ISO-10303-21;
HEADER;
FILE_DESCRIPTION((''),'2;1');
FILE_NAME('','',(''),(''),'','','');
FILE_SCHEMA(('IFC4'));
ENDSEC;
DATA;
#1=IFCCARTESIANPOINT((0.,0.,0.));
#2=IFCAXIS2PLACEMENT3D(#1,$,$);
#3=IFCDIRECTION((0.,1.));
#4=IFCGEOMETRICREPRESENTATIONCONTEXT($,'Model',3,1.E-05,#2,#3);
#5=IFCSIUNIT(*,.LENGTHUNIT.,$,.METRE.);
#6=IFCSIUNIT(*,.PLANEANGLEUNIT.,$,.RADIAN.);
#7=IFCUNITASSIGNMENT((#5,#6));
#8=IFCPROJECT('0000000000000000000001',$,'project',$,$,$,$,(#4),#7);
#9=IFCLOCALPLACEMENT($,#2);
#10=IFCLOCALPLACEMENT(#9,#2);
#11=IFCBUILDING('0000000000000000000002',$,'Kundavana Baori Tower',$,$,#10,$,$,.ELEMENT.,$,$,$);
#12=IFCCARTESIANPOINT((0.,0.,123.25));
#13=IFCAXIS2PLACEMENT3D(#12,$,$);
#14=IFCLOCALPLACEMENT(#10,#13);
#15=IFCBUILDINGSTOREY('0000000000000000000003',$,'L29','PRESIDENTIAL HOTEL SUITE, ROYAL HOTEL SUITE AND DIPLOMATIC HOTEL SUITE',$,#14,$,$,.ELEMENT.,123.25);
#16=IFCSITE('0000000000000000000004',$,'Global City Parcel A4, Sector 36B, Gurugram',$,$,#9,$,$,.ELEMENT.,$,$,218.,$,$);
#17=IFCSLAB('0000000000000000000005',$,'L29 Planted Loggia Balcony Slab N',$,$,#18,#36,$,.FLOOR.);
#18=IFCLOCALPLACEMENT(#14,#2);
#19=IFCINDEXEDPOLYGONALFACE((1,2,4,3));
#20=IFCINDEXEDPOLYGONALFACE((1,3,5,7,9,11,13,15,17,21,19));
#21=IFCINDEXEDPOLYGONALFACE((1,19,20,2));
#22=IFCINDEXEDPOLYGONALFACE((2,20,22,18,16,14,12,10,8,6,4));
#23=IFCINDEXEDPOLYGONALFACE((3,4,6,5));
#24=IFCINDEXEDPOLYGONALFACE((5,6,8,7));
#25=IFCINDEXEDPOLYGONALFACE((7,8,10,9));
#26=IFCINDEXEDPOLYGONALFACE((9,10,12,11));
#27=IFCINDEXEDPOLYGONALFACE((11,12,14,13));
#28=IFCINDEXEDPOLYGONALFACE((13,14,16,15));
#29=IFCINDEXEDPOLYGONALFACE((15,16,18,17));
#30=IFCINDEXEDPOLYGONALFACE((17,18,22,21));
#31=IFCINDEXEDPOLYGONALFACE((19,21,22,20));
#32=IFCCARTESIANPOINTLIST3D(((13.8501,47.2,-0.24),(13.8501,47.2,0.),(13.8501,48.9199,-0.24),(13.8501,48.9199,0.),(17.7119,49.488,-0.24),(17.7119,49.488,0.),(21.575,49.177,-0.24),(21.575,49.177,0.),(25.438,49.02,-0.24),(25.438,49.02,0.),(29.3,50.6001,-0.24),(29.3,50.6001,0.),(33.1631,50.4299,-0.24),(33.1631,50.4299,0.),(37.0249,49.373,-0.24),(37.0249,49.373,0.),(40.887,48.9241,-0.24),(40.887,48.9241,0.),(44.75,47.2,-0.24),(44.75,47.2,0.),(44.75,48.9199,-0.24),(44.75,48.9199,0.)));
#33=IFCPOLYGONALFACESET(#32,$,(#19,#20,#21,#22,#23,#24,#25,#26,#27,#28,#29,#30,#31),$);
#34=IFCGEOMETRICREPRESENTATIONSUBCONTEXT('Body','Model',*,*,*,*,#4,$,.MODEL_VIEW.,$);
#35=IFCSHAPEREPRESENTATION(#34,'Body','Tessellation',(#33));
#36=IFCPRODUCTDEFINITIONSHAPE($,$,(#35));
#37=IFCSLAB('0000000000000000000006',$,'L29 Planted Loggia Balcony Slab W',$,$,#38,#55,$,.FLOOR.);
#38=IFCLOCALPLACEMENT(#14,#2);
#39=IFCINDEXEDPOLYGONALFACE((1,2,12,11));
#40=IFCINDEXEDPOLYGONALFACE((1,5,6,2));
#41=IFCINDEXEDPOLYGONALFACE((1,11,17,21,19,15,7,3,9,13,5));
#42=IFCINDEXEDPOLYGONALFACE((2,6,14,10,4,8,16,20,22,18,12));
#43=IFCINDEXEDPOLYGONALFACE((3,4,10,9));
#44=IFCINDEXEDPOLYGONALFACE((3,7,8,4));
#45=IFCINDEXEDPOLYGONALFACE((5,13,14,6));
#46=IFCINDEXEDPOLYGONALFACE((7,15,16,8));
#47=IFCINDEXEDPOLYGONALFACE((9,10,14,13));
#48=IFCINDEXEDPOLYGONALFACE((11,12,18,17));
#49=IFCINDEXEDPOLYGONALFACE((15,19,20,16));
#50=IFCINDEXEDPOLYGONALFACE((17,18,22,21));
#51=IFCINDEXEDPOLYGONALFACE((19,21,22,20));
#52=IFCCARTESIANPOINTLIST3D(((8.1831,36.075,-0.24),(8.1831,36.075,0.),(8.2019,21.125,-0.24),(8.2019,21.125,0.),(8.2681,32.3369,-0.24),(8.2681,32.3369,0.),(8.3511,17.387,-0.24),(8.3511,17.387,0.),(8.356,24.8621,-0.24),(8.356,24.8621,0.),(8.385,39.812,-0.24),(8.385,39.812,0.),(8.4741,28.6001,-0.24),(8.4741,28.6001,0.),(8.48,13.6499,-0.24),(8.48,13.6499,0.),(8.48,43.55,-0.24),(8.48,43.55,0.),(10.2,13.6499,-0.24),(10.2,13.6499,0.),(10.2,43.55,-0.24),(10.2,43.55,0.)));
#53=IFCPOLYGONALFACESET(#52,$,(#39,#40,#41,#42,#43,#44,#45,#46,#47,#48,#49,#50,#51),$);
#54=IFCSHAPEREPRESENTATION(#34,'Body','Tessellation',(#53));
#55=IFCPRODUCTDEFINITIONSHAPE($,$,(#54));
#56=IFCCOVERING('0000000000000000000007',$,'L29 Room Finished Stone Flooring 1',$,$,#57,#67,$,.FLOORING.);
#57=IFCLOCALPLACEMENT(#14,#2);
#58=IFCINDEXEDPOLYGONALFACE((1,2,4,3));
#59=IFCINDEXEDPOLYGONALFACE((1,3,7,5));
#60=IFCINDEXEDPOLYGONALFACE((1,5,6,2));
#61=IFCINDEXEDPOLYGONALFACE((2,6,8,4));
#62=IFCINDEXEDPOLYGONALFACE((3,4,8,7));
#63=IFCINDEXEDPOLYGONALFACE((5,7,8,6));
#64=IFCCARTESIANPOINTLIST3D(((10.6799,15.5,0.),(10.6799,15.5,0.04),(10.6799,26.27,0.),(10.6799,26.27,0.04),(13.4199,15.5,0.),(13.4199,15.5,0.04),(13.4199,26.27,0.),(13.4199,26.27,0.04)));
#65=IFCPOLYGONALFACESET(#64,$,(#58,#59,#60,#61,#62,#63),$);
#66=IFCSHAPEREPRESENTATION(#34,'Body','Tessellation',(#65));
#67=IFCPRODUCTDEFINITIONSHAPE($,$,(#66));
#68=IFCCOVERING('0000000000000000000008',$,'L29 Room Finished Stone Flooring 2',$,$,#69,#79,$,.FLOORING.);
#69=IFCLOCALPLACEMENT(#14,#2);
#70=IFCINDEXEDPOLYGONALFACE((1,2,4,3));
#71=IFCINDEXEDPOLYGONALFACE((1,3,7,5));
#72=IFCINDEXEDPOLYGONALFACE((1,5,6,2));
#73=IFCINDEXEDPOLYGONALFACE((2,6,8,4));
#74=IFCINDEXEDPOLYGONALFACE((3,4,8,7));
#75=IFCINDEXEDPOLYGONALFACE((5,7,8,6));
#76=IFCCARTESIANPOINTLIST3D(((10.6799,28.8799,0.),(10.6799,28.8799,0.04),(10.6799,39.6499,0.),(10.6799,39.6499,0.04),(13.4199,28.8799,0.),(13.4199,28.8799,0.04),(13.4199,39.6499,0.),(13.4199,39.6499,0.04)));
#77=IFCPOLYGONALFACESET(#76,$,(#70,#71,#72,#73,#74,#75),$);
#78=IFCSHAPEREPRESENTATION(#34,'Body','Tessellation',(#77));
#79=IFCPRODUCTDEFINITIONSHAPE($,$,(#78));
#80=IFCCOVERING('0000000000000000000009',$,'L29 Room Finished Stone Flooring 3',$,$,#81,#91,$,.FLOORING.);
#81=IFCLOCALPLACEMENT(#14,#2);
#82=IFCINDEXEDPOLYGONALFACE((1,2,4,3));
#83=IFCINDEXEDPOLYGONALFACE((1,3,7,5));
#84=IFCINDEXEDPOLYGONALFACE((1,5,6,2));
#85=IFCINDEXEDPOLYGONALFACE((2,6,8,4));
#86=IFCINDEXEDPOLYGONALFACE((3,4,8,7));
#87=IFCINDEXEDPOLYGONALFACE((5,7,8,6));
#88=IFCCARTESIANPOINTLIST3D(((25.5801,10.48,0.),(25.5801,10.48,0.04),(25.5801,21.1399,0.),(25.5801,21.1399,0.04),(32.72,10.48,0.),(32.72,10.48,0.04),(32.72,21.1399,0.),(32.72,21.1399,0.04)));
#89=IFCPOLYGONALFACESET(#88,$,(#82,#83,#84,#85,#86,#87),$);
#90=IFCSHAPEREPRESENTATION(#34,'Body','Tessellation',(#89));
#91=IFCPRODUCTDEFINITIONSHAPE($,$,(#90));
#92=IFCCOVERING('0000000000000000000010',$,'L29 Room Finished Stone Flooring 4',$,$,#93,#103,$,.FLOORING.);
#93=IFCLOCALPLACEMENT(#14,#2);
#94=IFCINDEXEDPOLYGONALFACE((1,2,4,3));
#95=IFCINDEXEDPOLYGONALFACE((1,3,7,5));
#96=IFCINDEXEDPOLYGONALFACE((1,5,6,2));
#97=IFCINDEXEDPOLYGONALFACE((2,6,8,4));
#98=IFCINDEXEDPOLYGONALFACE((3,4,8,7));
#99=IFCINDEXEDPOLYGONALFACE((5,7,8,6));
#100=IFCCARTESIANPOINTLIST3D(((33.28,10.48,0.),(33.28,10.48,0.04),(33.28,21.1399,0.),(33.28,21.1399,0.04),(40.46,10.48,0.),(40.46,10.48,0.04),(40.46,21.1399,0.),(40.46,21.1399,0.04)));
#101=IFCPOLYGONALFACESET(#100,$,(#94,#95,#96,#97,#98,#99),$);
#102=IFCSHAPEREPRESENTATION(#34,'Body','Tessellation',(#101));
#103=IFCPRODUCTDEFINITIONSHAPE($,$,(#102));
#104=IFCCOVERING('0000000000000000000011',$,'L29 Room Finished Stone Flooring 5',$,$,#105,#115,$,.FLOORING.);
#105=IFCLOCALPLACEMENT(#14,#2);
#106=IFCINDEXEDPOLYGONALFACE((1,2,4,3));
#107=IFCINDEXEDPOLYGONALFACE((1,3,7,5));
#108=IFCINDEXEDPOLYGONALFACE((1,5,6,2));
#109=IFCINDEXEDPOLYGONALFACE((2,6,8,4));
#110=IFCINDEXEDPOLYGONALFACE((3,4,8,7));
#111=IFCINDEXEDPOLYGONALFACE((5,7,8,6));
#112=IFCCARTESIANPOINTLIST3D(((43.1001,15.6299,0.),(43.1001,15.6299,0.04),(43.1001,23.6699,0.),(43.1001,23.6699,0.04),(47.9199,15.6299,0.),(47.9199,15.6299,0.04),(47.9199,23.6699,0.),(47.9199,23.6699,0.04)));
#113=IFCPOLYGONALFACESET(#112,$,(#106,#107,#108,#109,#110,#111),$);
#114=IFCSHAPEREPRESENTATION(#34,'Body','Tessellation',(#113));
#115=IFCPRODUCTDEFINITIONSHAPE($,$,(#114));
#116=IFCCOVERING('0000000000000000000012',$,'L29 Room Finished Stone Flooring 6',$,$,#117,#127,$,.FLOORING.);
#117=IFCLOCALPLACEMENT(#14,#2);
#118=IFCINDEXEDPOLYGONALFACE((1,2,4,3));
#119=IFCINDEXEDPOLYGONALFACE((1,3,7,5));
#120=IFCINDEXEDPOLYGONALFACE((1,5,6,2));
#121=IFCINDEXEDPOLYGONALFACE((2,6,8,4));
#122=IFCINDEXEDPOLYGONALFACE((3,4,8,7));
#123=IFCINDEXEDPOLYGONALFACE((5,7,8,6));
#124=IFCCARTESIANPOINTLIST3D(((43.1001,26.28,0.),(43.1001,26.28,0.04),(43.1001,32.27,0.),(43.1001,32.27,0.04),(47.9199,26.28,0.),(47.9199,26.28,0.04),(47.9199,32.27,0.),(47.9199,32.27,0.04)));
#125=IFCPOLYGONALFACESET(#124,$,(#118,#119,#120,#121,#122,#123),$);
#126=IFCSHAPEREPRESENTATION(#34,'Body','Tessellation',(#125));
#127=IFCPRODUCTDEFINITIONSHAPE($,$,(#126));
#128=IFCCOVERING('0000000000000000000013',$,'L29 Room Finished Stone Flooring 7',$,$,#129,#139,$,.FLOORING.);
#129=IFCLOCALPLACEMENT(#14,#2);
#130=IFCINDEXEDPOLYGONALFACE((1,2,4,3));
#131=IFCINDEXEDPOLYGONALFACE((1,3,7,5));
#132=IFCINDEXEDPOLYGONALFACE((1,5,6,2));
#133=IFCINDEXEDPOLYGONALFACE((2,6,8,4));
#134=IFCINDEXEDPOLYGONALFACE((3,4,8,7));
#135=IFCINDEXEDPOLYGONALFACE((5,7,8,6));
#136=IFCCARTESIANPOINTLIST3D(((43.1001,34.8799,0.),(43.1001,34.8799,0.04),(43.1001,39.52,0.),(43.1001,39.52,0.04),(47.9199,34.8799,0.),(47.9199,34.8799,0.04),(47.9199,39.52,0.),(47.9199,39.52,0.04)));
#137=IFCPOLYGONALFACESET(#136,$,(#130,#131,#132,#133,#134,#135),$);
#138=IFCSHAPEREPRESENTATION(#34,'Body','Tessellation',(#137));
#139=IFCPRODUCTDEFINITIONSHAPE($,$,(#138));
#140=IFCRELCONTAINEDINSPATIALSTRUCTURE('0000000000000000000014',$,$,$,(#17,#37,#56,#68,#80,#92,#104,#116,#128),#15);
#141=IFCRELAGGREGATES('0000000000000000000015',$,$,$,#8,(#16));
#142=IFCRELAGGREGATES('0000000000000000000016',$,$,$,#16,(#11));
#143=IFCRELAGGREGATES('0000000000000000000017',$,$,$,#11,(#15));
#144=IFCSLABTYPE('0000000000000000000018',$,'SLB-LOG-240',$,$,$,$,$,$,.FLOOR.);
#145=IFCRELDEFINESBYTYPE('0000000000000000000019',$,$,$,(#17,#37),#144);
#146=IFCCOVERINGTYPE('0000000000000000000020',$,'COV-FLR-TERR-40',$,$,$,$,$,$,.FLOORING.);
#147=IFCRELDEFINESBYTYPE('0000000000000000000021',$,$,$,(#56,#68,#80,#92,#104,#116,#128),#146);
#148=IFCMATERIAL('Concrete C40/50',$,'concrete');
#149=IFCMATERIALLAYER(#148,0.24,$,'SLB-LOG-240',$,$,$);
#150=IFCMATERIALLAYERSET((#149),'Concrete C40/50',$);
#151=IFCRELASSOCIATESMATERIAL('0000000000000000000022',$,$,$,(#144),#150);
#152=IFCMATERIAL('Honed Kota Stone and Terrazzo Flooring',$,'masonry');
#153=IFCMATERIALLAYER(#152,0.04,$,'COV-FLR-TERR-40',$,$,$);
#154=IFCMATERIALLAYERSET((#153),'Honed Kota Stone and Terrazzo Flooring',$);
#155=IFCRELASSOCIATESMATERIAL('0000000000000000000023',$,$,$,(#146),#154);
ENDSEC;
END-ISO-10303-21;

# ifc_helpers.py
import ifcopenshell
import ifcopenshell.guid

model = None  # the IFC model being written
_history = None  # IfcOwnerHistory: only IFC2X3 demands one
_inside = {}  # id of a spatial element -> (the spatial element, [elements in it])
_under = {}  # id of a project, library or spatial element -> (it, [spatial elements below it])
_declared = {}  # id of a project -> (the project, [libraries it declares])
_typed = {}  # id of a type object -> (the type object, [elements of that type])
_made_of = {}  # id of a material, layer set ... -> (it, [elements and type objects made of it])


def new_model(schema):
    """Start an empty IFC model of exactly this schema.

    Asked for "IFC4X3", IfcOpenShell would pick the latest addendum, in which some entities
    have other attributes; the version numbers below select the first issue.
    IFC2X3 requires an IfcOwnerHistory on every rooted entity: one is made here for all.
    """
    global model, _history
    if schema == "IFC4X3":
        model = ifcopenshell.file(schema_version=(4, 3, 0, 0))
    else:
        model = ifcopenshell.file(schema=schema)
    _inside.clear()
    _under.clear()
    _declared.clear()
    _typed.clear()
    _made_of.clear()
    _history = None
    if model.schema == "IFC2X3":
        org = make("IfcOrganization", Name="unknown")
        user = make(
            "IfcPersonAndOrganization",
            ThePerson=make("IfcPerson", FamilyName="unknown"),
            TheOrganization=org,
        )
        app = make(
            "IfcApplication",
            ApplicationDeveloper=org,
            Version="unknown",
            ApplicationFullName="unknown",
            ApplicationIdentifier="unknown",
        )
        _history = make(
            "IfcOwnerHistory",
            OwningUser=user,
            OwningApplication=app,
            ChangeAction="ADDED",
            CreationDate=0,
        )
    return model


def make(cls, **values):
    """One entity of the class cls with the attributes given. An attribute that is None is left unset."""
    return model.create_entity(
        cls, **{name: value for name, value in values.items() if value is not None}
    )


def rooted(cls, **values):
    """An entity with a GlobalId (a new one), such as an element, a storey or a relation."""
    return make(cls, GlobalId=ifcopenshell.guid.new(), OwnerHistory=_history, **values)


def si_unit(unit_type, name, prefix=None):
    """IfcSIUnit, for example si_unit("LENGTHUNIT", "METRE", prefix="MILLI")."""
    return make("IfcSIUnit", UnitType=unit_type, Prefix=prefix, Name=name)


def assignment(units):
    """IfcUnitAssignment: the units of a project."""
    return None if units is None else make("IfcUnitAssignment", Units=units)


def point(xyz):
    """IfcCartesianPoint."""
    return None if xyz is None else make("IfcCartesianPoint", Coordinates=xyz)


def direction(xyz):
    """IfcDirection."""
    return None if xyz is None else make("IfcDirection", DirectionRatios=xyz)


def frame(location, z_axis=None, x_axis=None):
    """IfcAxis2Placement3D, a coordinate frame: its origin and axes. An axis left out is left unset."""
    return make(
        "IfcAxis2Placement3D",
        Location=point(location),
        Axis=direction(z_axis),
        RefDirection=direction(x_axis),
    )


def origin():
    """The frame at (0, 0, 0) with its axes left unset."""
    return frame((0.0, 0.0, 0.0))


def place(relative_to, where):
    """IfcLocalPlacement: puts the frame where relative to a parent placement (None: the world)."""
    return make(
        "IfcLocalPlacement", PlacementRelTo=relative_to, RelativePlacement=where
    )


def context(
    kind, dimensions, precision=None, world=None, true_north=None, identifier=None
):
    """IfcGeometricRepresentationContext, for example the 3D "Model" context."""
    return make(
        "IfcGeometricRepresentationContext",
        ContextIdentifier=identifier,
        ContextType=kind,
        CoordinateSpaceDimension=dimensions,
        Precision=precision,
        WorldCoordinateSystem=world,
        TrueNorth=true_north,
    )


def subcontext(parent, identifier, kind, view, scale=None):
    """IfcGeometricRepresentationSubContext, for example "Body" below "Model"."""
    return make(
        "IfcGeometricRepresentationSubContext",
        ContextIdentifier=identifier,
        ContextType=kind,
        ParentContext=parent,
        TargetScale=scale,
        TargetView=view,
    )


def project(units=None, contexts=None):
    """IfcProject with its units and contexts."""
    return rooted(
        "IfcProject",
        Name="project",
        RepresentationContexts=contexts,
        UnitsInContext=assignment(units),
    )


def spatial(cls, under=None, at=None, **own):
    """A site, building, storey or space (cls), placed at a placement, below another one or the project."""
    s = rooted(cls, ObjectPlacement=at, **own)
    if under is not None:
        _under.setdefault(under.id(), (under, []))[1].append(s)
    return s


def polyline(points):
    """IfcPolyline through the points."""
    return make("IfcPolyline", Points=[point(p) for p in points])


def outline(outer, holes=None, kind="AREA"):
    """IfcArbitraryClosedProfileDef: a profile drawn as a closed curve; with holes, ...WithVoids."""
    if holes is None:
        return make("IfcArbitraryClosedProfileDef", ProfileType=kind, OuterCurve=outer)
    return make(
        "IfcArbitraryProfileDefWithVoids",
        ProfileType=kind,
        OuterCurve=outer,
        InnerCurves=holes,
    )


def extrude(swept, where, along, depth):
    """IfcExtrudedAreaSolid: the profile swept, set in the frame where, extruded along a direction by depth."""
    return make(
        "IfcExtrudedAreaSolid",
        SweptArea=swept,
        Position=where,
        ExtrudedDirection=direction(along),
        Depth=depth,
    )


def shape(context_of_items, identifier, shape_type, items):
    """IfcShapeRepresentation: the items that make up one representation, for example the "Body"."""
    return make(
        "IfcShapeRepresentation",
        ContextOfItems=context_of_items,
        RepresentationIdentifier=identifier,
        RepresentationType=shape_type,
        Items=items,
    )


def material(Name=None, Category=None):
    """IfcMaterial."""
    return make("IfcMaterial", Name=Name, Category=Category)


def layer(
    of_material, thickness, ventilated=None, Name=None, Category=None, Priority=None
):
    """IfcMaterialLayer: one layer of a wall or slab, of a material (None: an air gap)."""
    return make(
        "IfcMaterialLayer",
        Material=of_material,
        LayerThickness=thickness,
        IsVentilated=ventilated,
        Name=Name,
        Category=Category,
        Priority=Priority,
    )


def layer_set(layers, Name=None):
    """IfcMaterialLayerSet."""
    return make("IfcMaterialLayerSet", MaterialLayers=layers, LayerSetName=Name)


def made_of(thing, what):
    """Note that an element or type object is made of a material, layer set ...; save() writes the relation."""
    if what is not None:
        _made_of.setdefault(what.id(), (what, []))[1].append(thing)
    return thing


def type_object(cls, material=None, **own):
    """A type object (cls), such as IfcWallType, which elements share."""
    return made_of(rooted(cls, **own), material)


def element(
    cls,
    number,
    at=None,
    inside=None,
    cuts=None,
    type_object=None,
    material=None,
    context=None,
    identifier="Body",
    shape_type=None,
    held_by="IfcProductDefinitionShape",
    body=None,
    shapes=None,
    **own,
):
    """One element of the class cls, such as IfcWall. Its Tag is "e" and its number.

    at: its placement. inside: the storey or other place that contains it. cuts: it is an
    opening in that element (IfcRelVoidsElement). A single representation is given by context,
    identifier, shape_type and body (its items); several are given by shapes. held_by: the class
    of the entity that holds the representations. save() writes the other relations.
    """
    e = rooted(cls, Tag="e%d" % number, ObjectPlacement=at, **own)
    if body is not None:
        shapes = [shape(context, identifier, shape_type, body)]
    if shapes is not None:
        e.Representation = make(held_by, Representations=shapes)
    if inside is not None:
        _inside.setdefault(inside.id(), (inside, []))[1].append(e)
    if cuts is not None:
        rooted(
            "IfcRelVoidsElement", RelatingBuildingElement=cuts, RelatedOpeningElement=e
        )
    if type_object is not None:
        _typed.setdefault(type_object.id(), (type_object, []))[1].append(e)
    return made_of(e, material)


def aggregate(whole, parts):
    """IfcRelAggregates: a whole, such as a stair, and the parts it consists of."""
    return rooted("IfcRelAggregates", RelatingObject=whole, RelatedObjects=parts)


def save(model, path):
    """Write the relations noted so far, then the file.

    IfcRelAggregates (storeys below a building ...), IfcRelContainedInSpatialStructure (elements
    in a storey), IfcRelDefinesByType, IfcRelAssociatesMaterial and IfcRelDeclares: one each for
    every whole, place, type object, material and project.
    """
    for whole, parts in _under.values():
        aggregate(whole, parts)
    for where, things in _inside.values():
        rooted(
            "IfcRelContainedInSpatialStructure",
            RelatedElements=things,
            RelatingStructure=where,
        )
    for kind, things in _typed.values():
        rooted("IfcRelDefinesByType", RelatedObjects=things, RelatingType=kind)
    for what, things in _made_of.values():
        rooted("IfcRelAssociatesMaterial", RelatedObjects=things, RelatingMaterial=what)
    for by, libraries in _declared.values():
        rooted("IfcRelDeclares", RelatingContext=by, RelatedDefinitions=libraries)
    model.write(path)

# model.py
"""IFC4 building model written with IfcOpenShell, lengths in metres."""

from ifc_helpers import new_model, si_unit, direction, frame, origin, place, context, subcontext, project, spatial, polyline, outline, extrude, material, layer, layer_set, type_object, element, save


model = new_model("IFC4")

# Units and contexts
model_context = context("Model", 3, precision=1e-05, world=origin(), true_north=direction((0.0, 1.0)))
body_context = subcontext(model_context, "Body", "Model", "MODEL_VIEW")
ifc_project = project(units=[si_unit("LENGTHUNIT", "METRE"), si_unit("PLANEANGLEUNIT", "RADIAN")], contexts=[model_context])

# Site, building, storey
site_placement = place(None, origin())
site = spatial("IfcSite", under=ifc_project, at=site_placement, Name="Global City Parcel A4, Sector 36B, Gurugram", CompositionType="ELEMENT", RefElevation=218.0)
building_placement = place(site_placement, origin())
building = spatial("IfcBuilding", under=site, at=building_placement, Name="Kundavana Baori Tower", CompositionType="ELEMENT")
storey_placement = place(building_placement, frame((0.0, 0.0, 123.25)))
storey = spatial("IfcBuildingStorey", under=building, at=storey_placement, Name="L29", Description="PRESIDENTIAL HOTEL SUITE, ROYAL HOTEL SUITE AND DIPLOMATIC HOTEL SUITE", CompositionType="ELEMENT", Elevation=123.25)

# Slabs
ifc_material_1 = material(Name="Concrete C40/50", Category="concrete")
ifc_layer_1 = layer(ifc_material_1, 0.24, Name="SLB-LOG-240")
ifc_layer_set_1 = layer_set([ifc_layer_1], Name="Concrete C40/50")
slab_type_1 = type_object("IfcSlabType", Name="SLB-LOG-240", PredefinedType="FLOOR", material=ifc_layer_set_1)
slab_1_placement = place(storey_placement, frame((0.0, 0.0, -0.24)))
element("IfcSlab", 1, at=slab_1_placement, inside=storey, type_object=slab_type_1, Name="L29 Planted Loggia Balcony Slab N", PredefinedType="FLOOR", context=body_context, shape_type="SweptSolid", body=[
    extrude(outline(polyline([(44.75, 47.2), (13.8501, 47.2), (13.8501, 48.9199), (17.7119, 49.488), (21.575, 49.177), (25.438, 49.02), (29.3, 50.6001), (33.1631, 50.4299), (37.0249, 49.373), (40.887, 48.9241), (44.75, 48.9199), (44.75, 47.2)])), origin(), (0.0, 0.0, 1.0), 0.24),
])
slab_2_placement = place(storey_placement, frame((0.0, 0.0, -0.24)))
element("IfcSlab", 2, at=slab_2_placement, inside=storey, type_object=slab_type_1, Name="L29 Planted Loggia Balcony Slab W", PredefinedType="FLOOR", context=body_context, shape_type="SweptSolid", body=[
    extrude(outline(polyline([(10.2, 43.55), (10.2, 13.6499), (8.48, 13.6499), (8.3511, 17.387), (8.2019, 21.125), (8.356, 24.8621), (8.4741, 28.6001), (8.2681, 32.3369), (8.1831, 36.075), (8.385, 39.812), (8.48, 43.55), (10.2, 43.55)])), origin(), (0.0, 0.0, 1.0), 0.24),
])

# Coverings
ifc_material_2 = material(Name="Honed Kota Stone and Terrazzo Flooring", Category="masonry")
ifc_layer_2 = layer(ifc_material_2, 0.04, Name="COV-FLR-TERR-40")
ifc_layer_set_2 = layer_set([ifc_layer_2], Name="Honed Kota Stone and Terrazzo Flooring")
covering_type = type_object("IfcCoveringType", Name="COV-FLR-TERR-40", PredefinedType="FLOORING", material=ifc_layer_set_2)
covering_1_placement = place(storey_placement, origin())
element("IfcCovering", 3, at=covering_1_placement, inside=storey, type_object=covering_type, Name="L29 Room Finished Stone Flooring 1", PredefinedType="FLOORING", context=body_context, shape_type="SweptSolid", body=[
    extrude(outline(polyline([(10.6799, 15.5), (13.4199, 15.5), (13.4199, 26.27), (10.6799, 26.27), (10.6799, 15.5)])), origin(), (0.0, 0.0, 1.0), 0.04),
])
covering_2_placement = place(storey_placement, origin())
element("IfcCovering", 4, at=covering_2_placement, inside=storey, type_object=covering_type, Name="L29 Room Finished Stone Flooring 2", PredefinedType="FLOORING", context=body_context, shape_type="SweptSolid", body=[
    extrude(outline(polyline([(10.6799, 28.8799), (13.4199, 28.8799), (13.4199, 39.6499), (10.6799, 39.6499), (10.6799, 28.8799)])), origin(), (0.0, 0.0, 1.0), 0.04),
])
covering_3_placement = place(storey_placement, origin())
element("IfcCovering", 5, at=covering_3_placement, inside=storey, type_object=covering_type, Name="L29 Room Finished Stone Flooring 3", PredefinedType="FLOORING", context=body_context, shape_type="SweptSolid", body=[
    extrude(outline(polyline([(25.5801, 10.48), (32.72, 10.48), (32.72, 21.1399), (25.5801, 21.1399), (25.5801, 10.48)])), origin(), (0.0, 0.0, 1.0), 0.04),
])
covering_4_placement = place(storey_placement, origin())
element("IfcCovering", 6, at=covering_4_placement, inside=storey, type_object=covering_type, Name="L29 Room Finished Stone Flooring 4", PredefinedType="FLOORING", context=body_context, shape_type="SweptSolid", body=[
    extrude(outline(polyline([(33.28, 10.48), (40.46, 10.48), (40.46, 21.1399), (33.28, 21.1399), (33.28, 10.48)])), origin(), (0.0, 0.0, 1.0), 0.04),
])
covering_5_placement = place(storey_placement, origin())
element("IfcCovering", 7, at=covering_5_placement, inside=storey, type_object=covering_type, Name="L29 Room Finished Stone Flooring 5", PredefinedType="FLOORING", context=body_context, shape_type="SweptSolid", body=[
    extrude(outline(polyline([(43.1001, 15.6299), (47.9199, 15.6299), (47.9199, 23.6699), (43.1001, 23.6699), (43.1001, 15.6299)])), origin(), (0.0, 0.0, 1.0), 0.04),
])
covering_6_placement = place(storey_placement, origin())
element("IfcCovering", 8, at=covering_6_placement, inside=storey, type_object=covering_type, Name="L29 Room Finished Stone Flooring 6", PredefinedType="FLOORING", context=body_context, shape_type="SweptSolid", body=[
    extrude(outline(polyline([(43.1001, 26.28), (47.9199, 26.28), (47.9199, 32.27), (43.1001, 32.27), (43.1001, 26.28)])), origin(), (0.0, 0.0, 1.0), 0.04),
])
covering_7_placement = place(storey_placement, origin())
element("IfcCovering", 9, at=covering_7_placement, inside=storey, type_object=covering_type, Name="L29 Room Finished Stone Flooring 7", PredefinedType="FLOORING", context=body_context, shape_type="SweptSolid", body=[
    extrude(outline(polyline([(43.1001, 34.8799), (47.9199, 34.8799), (47.9199, 39.52), (43.1001, 39.52), (43.1001, 34.8799)])), origin(), (0.0, 0.0, 1.0), 0.04),
])

save(model, "model.ifc")
